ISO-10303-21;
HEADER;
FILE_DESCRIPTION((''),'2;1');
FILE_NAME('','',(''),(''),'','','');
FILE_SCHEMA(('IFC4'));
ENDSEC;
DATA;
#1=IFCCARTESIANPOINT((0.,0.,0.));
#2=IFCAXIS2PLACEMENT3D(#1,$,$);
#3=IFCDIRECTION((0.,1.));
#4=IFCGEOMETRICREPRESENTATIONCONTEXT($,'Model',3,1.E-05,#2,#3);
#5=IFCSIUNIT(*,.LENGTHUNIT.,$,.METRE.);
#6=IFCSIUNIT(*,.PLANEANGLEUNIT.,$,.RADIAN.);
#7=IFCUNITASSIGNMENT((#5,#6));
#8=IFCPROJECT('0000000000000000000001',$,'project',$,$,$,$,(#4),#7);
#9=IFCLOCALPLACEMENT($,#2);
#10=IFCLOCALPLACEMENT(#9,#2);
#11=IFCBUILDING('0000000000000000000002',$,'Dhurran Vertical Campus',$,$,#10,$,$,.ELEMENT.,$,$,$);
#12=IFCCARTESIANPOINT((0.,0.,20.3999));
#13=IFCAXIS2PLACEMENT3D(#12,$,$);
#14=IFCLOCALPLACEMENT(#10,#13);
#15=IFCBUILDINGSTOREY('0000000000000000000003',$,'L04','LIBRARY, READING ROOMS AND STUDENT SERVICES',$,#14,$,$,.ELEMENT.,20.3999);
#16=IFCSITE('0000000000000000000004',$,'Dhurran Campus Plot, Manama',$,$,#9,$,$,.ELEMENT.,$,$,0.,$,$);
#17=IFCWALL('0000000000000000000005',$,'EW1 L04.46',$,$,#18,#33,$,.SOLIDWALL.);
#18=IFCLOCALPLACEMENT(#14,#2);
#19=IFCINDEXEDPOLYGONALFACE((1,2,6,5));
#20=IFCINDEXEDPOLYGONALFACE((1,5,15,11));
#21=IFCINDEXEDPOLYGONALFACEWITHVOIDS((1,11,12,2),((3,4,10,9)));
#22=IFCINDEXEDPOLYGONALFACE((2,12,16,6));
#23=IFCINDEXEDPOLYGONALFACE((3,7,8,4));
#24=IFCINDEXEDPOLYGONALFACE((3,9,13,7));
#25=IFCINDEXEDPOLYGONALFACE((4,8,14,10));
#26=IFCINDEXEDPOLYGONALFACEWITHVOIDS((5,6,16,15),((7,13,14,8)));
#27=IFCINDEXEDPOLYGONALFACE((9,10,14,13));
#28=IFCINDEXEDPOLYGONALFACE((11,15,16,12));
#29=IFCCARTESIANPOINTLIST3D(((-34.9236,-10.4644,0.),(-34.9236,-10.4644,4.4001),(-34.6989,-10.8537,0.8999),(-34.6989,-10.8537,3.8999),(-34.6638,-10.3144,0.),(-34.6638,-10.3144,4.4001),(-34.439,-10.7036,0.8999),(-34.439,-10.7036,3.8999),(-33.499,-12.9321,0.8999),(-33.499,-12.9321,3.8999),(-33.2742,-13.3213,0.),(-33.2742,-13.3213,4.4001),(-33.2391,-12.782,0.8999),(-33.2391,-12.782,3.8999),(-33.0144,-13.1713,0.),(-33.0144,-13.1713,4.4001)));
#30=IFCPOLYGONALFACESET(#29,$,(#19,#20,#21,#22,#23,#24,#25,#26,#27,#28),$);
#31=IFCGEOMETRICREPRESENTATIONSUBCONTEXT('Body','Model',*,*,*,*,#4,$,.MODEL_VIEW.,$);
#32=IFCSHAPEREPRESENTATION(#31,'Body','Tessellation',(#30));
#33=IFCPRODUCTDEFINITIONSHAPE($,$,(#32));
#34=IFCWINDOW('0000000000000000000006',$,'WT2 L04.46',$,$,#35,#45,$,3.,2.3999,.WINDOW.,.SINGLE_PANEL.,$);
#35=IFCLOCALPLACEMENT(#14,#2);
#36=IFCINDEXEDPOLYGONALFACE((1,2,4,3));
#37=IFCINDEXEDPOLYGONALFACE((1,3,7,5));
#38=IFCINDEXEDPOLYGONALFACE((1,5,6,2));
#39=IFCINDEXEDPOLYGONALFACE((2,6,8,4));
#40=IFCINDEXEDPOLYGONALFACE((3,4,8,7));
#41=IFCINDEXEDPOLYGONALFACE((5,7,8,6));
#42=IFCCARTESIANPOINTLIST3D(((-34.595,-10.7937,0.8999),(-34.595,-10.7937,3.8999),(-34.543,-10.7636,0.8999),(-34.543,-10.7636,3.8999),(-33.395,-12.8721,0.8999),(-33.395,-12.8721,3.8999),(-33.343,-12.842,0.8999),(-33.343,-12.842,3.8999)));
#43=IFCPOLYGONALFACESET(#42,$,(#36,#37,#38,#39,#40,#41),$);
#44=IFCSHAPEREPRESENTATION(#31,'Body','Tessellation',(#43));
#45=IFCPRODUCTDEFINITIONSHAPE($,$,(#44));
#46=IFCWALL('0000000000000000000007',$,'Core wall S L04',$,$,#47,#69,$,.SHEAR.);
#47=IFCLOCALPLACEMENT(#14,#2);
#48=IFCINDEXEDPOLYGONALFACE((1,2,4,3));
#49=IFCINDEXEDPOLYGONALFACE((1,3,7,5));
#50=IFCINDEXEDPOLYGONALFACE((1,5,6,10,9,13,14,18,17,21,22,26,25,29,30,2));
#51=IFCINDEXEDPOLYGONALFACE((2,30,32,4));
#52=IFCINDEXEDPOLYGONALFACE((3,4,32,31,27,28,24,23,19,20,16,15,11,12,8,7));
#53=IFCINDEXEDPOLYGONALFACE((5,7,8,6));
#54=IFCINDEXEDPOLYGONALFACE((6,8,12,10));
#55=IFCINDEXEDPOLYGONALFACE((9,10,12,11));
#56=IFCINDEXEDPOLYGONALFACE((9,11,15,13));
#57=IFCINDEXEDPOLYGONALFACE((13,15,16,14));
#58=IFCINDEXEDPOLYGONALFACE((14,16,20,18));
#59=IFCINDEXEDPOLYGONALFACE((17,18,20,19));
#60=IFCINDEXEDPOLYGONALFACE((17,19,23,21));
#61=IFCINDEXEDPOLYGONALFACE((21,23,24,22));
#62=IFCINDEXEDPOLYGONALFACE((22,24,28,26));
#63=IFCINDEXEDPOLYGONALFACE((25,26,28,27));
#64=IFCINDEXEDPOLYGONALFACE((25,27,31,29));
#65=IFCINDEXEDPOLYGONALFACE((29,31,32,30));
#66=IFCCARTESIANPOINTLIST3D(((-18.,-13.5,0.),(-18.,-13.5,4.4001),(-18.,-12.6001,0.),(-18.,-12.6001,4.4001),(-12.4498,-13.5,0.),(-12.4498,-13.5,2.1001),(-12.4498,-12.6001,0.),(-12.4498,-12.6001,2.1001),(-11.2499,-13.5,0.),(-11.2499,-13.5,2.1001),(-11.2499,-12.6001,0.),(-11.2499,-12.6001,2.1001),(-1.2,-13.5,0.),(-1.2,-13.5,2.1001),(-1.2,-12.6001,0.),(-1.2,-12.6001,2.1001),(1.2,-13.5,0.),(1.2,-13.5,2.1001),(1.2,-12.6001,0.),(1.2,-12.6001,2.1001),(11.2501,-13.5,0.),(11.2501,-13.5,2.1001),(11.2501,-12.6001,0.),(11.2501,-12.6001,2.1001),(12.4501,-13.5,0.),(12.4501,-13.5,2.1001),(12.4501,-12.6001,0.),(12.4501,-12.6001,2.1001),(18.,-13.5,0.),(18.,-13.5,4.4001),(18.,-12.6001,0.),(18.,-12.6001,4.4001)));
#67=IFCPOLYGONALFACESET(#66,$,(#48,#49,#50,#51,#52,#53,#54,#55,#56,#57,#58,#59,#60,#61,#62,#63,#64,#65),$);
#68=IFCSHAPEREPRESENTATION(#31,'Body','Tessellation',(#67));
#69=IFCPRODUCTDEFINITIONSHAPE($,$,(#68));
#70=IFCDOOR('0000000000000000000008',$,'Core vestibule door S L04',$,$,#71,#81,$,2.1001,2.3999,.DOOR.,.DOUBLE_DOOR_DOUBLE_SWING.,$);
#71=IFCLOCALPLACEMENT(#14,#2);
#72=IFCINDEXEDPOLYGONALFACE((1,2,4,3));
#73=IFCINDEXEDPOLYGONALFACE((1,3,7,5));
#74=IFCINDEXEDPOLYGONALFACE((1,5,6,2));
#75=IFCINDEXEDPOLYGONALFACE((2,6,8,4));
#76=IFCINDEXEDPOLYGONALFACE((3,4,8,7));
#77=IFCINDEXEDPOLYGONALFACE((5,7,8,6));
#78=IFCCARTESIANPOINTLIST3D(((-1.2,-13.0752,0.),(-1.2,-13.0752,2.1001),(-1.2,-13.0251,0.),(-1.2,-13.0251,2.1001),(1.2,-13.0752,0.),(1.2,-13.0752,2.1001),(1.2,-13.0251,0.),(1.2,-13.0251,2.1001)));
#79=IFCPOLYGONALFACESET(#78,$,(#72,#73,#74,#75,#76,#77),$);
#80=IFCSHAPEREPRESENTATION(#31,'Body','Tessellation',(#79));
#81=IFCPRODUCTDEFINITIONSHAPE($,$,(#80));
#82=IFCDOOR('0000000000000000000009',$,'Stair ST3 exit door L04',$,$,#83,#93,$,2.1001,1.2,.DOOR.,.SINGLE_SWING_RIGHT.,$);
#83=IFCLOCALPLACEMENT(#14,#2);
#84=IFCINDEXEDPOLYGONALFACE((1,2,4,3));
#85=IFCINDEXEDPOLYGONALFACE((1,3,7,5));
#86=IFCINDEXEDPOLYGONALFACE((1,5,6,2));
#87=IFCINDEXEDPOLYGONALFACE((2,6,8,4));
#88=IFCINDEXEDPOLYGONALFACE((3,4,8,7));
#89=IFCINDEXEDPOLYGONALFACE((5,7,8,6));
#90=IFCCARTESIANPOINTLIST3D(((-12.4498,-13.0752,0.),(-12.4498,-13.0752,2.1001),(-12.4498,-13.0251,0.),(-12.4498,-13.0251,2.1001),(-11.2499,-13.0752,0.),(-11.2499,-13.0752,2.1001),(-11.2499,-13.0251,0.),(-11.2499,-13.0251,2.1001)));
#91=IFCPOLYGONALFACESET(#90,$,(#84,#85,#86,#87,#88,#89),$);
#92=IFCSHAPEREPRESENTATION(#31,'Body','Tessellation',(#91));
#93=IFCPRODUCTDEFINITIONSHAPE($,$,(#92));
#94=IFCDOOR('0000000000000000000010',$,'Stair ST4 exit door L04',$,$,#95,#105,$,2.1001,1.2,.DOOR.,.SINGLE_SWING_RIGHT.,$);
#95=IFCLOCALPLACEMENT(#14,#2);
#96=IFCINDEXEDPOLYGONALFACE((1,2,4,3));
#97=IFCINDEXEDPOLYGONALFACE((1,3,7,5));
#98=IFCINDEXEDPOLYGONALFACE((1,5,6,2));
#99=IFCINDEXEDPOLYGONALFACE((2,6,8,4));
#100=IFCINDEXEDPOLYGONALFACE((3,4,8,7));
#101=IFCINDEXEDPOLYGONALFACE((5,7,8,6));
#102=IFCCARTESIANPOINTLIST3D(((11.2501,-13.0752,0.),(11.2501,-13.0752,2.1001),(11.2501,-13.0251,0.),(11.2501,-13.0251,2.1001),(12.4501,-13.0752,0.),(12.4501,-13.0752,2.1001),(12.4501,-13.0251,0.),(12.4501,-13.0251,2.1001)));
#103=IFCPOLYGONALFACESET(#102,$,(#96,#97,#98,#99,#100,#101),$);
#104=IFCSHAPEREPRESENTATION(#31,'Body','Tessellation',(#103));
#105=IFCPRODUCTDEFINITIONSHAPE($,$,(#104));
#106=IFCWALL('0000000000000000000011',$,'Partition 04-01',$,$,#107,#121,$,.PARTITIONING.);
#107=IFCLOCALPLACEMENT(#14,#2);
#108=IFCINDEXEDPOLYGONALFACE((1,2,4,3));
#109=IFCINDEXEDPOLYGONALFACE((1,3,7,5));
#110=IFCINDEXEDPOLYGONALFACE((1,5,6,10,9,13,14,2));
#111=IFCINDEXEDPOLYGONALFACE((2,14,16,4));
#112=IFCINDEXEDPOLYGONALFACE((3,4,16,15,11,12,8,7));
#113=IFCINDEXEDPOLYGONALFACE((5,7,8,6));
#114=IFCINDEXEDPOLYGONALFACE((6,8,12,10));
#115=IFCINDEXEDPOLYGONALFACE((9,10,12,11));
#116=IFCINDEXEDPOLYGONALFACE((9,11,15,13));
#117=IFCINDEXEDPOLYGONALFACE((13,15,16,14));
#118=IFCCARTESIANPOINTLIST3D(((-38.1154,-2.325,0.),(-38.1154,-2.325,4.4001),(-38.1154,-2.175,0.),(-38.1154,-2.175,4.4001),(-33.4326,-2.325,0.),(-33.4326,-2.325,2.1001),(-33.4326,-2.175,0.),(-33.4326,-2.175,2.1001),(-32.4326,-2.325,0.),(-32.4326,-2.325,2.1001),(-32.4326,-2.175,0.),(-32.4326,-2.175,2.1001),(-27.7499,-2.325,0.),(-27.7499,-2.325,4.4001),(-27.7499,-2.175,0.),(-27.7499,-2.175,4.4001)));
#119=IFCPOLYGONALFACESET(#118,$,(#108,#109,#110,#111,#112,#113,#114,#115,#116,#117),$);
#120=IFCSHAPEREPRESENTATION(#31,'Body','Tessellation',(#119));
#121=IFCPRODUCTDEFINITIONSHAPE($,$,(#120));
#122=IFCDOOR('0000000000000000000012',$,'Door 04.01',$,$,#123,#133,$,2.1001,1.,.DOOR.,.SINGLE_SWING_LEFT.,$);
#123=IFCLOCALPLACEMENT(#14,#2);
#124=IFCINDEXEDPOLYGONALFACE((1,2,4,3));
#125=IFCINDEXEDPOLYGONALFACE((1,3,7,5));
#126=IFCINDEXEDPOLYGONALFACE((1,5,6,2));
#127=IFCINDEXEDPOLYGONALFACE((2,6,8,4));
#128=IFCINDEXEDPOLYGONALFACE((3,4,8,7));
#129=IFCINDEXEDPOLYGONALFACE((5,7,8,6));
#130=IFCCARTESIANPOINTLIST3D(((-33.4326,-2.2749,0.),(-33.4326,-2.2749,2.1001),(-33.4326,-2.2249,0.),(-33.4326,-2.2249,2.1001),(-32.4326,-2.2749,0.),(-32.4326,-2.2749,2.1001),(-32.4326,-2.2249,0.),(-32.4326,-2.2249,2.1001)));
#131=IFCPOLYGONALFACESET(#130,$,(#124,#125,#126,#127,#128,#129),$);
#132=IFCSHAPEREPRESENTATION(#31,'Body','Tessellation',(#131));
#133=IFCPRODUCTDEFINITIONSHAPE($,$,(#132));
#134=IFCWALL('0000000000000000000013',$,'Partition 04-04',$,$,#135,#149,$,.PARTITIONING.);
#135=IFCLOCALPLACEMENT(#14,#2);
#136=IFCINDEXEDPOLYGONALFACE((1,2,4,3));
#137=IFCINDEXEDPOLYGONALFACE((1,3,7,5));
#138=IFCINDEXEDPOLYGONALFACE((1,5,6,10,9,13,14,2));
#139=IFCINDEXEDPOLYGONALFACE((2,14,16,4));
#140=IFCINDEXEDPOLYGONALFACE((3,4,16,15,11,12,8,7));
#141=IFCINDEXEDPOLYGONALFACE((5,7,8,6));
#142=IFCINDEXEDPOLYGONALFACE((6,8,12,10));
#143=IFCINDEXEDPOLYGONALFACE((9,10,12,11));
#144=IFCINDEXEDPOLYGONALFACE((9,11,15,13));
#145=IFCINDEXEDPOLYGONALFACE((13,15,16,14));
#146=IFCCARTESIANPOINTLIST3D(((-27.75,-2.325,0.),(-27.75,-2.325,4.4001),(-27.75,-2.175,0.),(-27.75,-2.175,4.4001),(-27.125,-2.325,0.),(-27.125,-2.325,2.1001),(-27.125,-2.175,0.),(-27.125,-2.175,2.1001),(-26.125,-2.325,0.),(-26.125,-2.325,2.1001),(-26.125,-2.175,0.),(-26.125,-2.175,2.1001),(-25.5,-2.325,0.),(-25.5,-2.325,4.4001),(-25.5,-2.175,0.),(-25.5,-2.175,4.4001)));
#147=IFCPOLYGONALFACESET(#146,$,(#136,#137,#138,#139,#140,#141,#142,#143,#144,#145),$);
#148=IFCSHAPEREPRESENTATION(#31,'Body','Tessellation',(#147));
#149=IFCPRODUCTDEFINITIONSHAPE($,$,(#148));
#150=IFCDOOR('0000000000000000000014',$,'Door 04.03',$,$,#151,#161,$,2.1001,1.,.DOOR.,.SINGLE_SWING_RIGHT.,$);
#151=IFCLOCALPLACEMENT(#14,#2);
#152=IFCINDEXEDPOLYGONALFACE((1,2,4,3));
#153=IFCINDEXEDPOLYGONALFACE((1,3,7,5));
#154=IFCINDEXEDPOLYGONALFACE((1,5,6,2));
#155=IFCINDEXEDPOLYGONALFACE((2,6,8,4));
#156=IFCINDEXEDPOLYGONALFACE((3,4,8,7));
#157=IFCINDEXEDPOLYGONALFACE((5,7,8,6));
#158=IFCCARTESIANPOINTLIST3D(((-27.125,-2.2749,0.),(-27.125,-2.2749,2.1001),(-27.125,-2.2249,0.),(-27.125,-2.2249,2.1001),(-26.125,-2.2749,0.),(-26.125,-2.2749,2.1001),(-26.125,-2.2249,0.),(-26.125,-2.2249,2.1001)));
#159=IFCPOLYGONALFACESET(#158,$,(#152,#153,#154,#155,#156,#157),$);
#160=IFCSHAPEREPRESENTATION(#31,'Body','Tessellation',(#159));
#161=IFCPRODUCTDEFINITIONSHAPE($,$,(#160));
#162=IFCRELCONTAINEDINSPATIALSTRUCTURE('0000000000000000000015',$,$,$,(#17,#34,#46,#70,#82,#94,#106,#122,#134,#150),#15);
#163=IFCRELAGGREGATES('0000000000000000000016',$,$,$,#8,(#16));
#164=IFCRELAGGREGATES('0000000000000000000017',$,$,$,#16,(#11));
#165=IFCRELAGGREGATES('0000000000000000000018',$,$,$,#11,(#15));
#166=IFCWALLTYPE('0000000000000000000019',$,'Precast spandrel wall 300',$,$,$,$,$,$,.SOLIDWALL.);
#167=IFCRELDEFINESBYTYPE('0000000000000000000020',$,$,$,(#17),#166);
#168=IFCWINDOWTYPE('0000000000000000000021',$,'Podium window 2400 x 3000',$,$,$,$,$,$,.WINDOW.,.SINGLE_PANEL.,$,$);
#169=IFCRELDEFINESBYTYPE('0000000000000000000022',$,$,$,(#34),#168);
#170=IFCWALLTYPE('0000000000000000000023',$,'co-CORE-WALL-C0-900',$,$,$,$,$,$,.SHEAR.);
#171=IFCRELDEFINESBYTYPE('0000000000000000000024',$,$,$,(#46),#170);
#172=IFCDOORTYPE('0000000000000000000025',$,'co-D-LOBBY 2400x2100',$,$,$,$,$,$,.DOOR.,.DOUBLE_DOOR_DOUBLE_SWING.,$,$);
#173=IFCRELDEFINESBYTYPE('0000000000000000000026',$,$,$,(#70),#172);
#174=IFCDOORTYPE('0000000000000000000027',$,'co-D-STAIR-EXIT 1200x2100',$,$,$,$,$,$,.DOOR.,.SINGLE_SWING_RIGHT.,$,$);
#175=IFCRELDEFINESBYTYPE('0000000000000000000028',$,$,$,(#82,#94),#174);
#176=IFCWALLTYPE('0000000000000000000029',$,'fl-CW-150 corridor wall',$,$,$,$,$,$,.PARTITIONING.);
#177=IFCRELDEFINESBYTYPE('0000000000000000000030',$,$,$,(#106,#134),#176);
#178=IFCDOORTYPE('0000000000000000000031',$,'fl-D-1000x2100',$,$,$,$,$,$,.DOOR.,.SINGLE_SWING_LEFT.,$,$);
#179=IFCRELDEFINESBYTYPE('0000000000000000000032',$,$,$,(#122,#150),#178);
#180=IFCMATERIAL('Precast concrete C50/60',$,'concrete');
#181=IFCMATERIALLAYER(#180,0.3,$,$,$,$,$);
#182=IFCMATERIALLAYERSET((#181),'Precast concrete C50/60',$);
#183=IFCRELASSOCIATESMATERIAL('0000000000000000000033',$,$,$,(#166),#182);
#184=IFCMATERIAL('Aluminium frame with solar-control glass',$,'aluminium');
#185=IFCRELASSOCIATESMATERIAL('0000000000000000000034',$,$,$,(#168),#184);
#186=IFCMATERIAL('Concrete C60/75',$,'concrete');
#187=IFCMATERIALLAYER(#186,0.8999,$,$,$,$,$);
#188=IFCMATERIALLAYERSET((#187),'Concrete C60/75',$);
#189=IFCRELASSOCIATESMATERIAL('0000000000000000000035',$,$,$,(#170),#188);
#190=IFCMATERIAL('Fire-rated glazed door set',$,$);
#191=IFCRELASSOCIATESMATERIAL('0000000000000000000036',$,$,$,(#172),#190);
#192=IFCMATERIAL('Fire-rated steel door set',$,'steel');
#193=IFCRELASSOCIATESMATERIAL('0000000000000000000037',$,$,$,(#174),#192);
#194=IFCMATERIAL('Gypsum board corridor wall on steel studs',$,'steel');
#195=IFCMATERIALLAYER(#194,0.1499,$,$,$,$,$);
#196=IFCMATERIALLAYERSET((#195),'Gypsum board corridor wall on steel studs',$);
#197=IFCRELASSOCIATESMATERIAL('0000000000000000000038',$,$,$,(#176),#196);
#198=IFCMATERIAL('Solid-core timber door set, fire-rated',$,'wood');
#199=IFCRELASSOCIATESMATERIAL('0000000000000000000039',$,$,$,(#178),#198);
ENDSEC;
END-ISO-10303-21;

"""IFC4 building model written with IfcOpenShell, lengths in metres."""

from ifc_helpers import new_model, si_unit, direction, frame, frame_2d, origin, place, context, subcontext, project, spatial, rectangle, extrude, material, layer, layer_set, type_object, element, fill, save


model = new_model("IFC4")

# Units and contexts
model_context = context("Model", 3, precision=1e-05, world=origin(), true_north=direction((0.0, 1.0)))
body_context = subcontext(model_context, "Body", "Model", "MODEL_VIEW")
ifc_project = project(units=[si_unit("LENGTHUNIT", "METRE"), si_unit("PLANEANGLEUNIT", "RADIAN")], contexts=[model_context])

# Site, building, storey
site_placement = place(None, origin())
site = spatial("IfcSite", under=ifc_project, at=site_placement, Name="Dhurran Campus Plot, Manama", CompositionType="ELEMENT", RefElevation=0.0)
building_placement = place(site_placement, origin())
building = spatial("IfcBuilding", under=site, at=building_placement, Name="Dhurran Vertical Campus", CompositionType="ELEMENT")
storey_placement = place(building_placement, frame((0.0, 0.0, 20.3999)))
storey = spatial("IfcBuildingStorey", under=building, at=storey_placement, Name="L04", Description="LIBRARY, READING ROOMS AND STUDENT SERVICES", CompositionType="ELEMENT", Elevation=20.3999)

# Wall, opening, window
ifc_material_1 = material(Name="Precast concrete C50/60", Category="concrete")
ifc_layer_1 = layer(ifc_material_1, 0.3)
ifc_layer_set_1 = layer_set([ifc_layer_1], Name="Precast concrete C50/60")
wall_type_1 = type_object("IfcWallType", Name="Precast spandrel wall 300", PredefinedType="SOLIDWALL", material=ifc_layer_set_1)
ifc_material_2 = material(Name="Aluminium frame with solar-control glass", Category="aluminium")
window_type = type_object("IfcWindowType", Name="Podium window 2400 x 3000", PartitioningType="SINGLE_PANEL", PredefinedType="WINDOW", material=ifc_material_2)
wall_1_placement = place(storey_placement, frame((-34.7937, -10.3894, 0.0), z_axis=(0.0, 0.0, 1.0), x_axis=(0.499992, -0.86603, 0.0)))
wall_1 = element("IfcWall", 1, at=wall_1_placement, inside=storey, type_object=wall_type_1, Name="EW1 L04.46", PredefinedType="SOLIDWALL", context=body_context, shape_type="SweptSolid", body=[
    extrude(rectangle(XDim=3.2988, YDim=0.3, at=frame_2d((1.6494, 0.0))), origin(), (0.0, 0.0, 1.0), 4.4001),
])
opening_1_placement = place(wall_1_placement, frame((0.4495, 0.0, 0.8999)))
opening_1 = element("IfcOpeningElement", 2, at=opening_1_placement, cuts=wall_1, PredefinedType="OPENING", context=body_context, shape_type="SweptSolid", body=[
    extrude(rectangle(XDim=2.3999, YDim=3.0, at=frame_2d((1.2, 1.5))), frame((0.0, 0.1599, 0.0), z_axis=(0.0, -1.0, 0.0), x_axis=(1.0, 0.0, 0.0)), (0.0, 0.0, 1.0), 0.3201),
])
window_1_placement = place(opening_1_placement, origin())
window_1 = element("IfcWindow", 3, at=window_1_placement, inside=storey, type_object=window_type, Name="WT2 L04.46", OverallHeight=3.0, OverallWidth=2.3999, PartitioningType="SINGLE_PANEL", PredefinedType="WINDOW", context=body_context, shape_type="SweptSolid", body=[
    extrude(rectangle(XDim=2.3999, YDim=3.0, at=frame_2d((1.2, 1.5))), frame((0.0, 0.03, 0.0), z_axis=(0.0, -1.0, 0.0), x_axis=(1.0, 0.0, 0.0)), (0.0, 0.0, 1.0), 0.0601),
])
fill(opening_1, window_1)

# Wall, openings, doors
ifc_material_3 = material(Name="Concrete C60/75", Category="concrete")
ifc_layer_2 = layer(ifc_material_3, 0.8999)
ifc_layer_set_2 = layer_set([ifc_layer_2], Name="Concrete C60/75")
wall_type_2 = type_object("IfcWallType", Name="co-CORE-WALL-C0-900", PredefinedType="SHEAR", material=ifc_layer_set_2)
wall_2_placement = place(storey_placement, frame((-18.0, -13.05, 0.0), z_axis=(0.0, 0.0, 1.0), x_axis=(1.0, 0.0, 0.0)))
wall_2 = element("IfcWall", 4, at=wall_2_placement, inside=storey, type_object=wall_type_2, Name="Core wall S L04", PredefinedType="SHEAR", context=body_context, shape_type="SweptSolid", body=[
    extrude(rectangle(XDim=36.0, YDim=0.8999, at=frame_2d((18.0, 0.0))), origin(), (0.0, 0.0, 1.0), 4.4001),
])
opening_2_placement = place(wall_2_placement, frame((16.8, 0.0, 0.0)))
opening_2 = element("IfcOpeningElement", 5, at=opening_2_placement, cuts=wall_2, PredefinedType="OPENING", context=body_context, shape_type="SweptSolid", body=[
    extrude(rectangle(XDim=2.3999, YDim=2.1001, at=frame_2d((1.2, 1.05))), frame((0.0, 0.46, 0.0), z_axis=(0.0, -1.0, 0.0), x_axis=(1.0, 0.0, 0.0)), (0.0, 0.0, 1.0), 0.9199),
])
opening_3_placement = place(wall_2_placement, frame((5.55, 0.0, 0.0)))
opening_3 = element("IfcOpeningElement", 6, at=opening_3_placement, cuts=wall_2, PredefinedType="OPENING", context=body_context, shape_type="SweptSolid", body=[
    extrude(rectangle(XDim=1.2, YDim=2.1001, at=frame_2d((0.6001, 1.05))), frame((0.0, 0.46, 0.0), z_axis=(0.0, -1.0, 0.0), x_axis=(1.0, 0.0, 0.0)), (0.0, 0.0, 1.0), 0.9199),
])
opening_4_placement = place(wall_2_placement, frame((29.25, 0.0, 0.0)))
opening_4 = element("IfcOpeningElement", 7, at=opening_4_placement, cuts=wall_2, PredefinedType="OPENING", context=body_context, shape_type="SweptSolid", body=[
    extrude(rectangle(XDim=1.2, YDim=2.1001, at=frame_2d((0.6001, 1.05))), frame((0.0, 0.46, 0.0), z_axis=(0.0, -1.0, 0.0), x_axis=(1.0, 0.0, 0.0)), (0.0, 0.0, 1.0), 0.9199),
])
ifc_material_4 = material(Name="Fire-rated glazed door set")
door_type_1 = type_object("IfcDoorType", Name="co-D-LOBBY 2400x2100", OperationType="DOUBLE_DOOR_DOUBLE_SWING", PredefinedType="DOOR", material=ifc_material_4)
door_1_placement = place(opening_2_placement, origin())
door_1 = element("IfcDoor", 8, at=door_1_placement, inside=storey, type_object=door_type_1, Name="Core vestibule door S L04", OperationType="DOUBLE_DOOR_DOUBLE_SWING", OverallHeight=2.1001, OverallWidth=2.3999, PredefinedType="DOOR", context=body_context, shape_type="SweptSolid", body=[
    extrude(rectangle(XDim=2.3999, YDim=2.1001, at=frame_2d((1.2, 1.05))), frame((0.0, 0.0249, 0.0), z_axis=(0.0, -1.0, 0.0), x_axis=(1.0, 0.0, 0.0)), (0.0, 0.0, 1.0), 0.05),
])
fill(opening_2, door_1)
ifc_material_5 = material(Name="Fire-rated steel door set", Category="steel")
door_type_2 = type_object("IfcDoorType", Name="co-D-STAIR-EXIT 1200x2100", OperationType="SINGLE_SWING_RIGHT", PredefinedType="DOOR", material=ifc_material_5)
door_2_placement = place(opening_3_placement, origin())
door_2 = element("IfcDoor", 9, at=door_2_placement, inside=storey, type_object=door_type_2, Name="Stair ST3 exit door L04", OperationType="SINGLE_SWING_RIGHT", OverallHeight=2.1001, OverallWidth=1.2, PredefinedType="DOOR", context=body_context, shape_type="SweptSolid", body=[
    extrude(rectangle(XDim=1.2, YDim=2.1001, at=frame_2d((0.6001, 1.05))), frame((0.0, 0.0249, 0.0), z_axis=(0.0, -1.0, 0.0), x_axis=(1.0, 0.0, 0.0)), (0.0, 0.0, 1.0), 0.05),
])
fill(opening_3, door_2)
door_3_placement = place(opening_4_placement, origin())
door_3 = element("IfcDoor", 10, at=door_3_placement, inside=storey, type_object=door_type_2, Name="Stair ST4 exit door L04", OperationType="SINGLE_SWING_RIGHT", OverallHeight=2.1001, OverallWidth=1.2, PredefinedType="DOOR", context=body_context, shape_type="SweptSolid", body=[
    extrude(rectangle(XDim=1.2, YDim=2.1001, at=frame_2d((0.6001, 1.05))), frame((0.0, 0.0249, 0.0), z_axis=(0.0, -1.0, 0.0), x_axis=(1.0, 0.0, 0.0)), (0.0, 0.0, 1.0), 0.05),
])
fill(opening_4, door_3)

# Walls, openings, doors
ifc_material_6 = material(Name="Gypsum board corridor wall on steel studs", Category="steel")
ifc_layer_3 = layer(ifc_material_6, 0.1499)
ifc_layer_set_3 = layer_set([ifc_layer_3], Name="Gypsum board corridor wall on steel studs")
wall_type_3 = type_object("IfcWallType", Name="fl-CW-150 corridor wall", PredefinedType="PARTITIONING", material=ifc_layer_set_3)
wall_3_placement = place(storey_placement, frame((-27.75, -2.25, 0.0), z_axis=(0.0, 0.0, 1.0), x_axis=(-1.0, 0.0, 0.0)))
wall_3 = element("IfcWall", 11, at=wall_3_placement, inside=storey, type_object=wall_type_3, Name="Partition 04-01", PredefinedType="PARTITIONING", context=body_context, shape_type="SweptSolid", body=[
    extrude(rectangle(XDim=10.3655, YDim=0.1499, at=frame_2d((5.1826, 0.0))), origin(), (0.0, 0.0, 1.0), 4.4001),
])
opening_5_placement = place(wall_3_placement, frame((4.6826, 0.0, 0.0)))
opening_5 = element("IfcOpeningElement", 12, at=opening_5_placement, cuts=wall_3, PredefinedType="OPENING", context=body_context, shape_type="SweptSolid", body=[
    extrude(rectangle(XDim=1.0, YDim=2.1001, at=frame_2d((0.5, 1.05))), frame((0.0, 0.085, 0.0), z_axis=(0.0, -1.0, 0.0), x_axis=(1.0, 0.0, 0.0)), (0.0, 0.0, 1.0), 0.1699),
])
ifc_material_7 = material(Name="Solid-core timber door set, fire-rated", Category="wood")
door_type_3 = type_object("IfcDoorType", Name="fl-D-1000x2100", OperationType="SINGLE_SWING_LEFT", PredefinedType="DOOR", material=ifc_material_7)
door_4_placement = place(opening_5_placement, origin())
door_4 = element("IfcDoor", 13, at=door_4_placement, inside=storey, type_object=door_type_3, Name="Door 04.01", OperationType="SINGLE_SWING_LEFT", OverallHeight=2.1001, OverallWidth=1.0, PredefinedType="DOOR", context=body_context, shape_type="SweptSolid", body=[
    extrude(rectangle(XDim=1.0, YDim=2.1001, at=frame_2d((0.5, 1.05))), frame((0.0, 0.0249, 0.0), z_axis=(0.0, -1.0, 0.0), x_axis=(1.0, 0.0, 0.0)), (0.0, 0.0, 1.0), 0.05),
])
fill(opening_5, door_4)
wall_4_placement = place(storey_placement, frame((-25.5, -2.25, 0.0), z_axis=(0.0, 0.0, 1.0), x_axis=(-1.0, 0.0, 0.0)))
wall_4 = element("IfcWall", 14, at=wall_4_placement, inside=storey, type_object=wall_type_3, Name="Partition 04-04", PredefinedType="PARTITIONING", context=body_context, shape_type="SweptSolid", body=[
    extrude(rectangle(XDim=2.25, YDim=0.1499, at=frame_2d((1.125, 0.0))), origin(), (0.0, 0.0, 1.0), 4.4001),
])
opening_6_placement = place(wall_4_placement, frame((0.625, 0.0, 0.0)))
opening_6 = element("IfcOpeningElement", 15, at=opening_6_placement, cuts=wall_4, PredefinedType="OPENING", context=body_context, shape_type="SweptSolid", body=[
    extrude(rectangle(XDim=1.0, YDim=2.1001, at=frame_2d((0.5, 1.05))), frame((0.0, 0.085, 0.0), z_axis=(0.0, -1.0, 0.0), x_axis=(1.0, 0.0, 0.0)), (0.0, 0.0, 1.0), 0.1699),
])
door_5_placement = place(opening_6_placement, origin())
door_5 = element("IfcDoor", 16, at=door_5_placement, inside=storey, type_object=door_type_3, Name="Door 04.03", OperationType="SINGLE_SWING_RIGHT", OverallHeight=2.1001, OverallWidth=1.0, PredefinedType="DOOR", context=body_context, shape_type="SweptSolid", body=[
    extrude(rectangle(XDim=1.0, YDim=2.1001, at=frame_2d((0.5, 1.05))), frame((0.0, 0.0249, 0.0), z_axis=(0.0, -1.0, 0.0), x_axis=(1.0, 0.0, 0.0)), (0.0, 0.0, 1.0), 0.05),
])
fill(opening_6, door_5)

save(model, "model.ifc")
